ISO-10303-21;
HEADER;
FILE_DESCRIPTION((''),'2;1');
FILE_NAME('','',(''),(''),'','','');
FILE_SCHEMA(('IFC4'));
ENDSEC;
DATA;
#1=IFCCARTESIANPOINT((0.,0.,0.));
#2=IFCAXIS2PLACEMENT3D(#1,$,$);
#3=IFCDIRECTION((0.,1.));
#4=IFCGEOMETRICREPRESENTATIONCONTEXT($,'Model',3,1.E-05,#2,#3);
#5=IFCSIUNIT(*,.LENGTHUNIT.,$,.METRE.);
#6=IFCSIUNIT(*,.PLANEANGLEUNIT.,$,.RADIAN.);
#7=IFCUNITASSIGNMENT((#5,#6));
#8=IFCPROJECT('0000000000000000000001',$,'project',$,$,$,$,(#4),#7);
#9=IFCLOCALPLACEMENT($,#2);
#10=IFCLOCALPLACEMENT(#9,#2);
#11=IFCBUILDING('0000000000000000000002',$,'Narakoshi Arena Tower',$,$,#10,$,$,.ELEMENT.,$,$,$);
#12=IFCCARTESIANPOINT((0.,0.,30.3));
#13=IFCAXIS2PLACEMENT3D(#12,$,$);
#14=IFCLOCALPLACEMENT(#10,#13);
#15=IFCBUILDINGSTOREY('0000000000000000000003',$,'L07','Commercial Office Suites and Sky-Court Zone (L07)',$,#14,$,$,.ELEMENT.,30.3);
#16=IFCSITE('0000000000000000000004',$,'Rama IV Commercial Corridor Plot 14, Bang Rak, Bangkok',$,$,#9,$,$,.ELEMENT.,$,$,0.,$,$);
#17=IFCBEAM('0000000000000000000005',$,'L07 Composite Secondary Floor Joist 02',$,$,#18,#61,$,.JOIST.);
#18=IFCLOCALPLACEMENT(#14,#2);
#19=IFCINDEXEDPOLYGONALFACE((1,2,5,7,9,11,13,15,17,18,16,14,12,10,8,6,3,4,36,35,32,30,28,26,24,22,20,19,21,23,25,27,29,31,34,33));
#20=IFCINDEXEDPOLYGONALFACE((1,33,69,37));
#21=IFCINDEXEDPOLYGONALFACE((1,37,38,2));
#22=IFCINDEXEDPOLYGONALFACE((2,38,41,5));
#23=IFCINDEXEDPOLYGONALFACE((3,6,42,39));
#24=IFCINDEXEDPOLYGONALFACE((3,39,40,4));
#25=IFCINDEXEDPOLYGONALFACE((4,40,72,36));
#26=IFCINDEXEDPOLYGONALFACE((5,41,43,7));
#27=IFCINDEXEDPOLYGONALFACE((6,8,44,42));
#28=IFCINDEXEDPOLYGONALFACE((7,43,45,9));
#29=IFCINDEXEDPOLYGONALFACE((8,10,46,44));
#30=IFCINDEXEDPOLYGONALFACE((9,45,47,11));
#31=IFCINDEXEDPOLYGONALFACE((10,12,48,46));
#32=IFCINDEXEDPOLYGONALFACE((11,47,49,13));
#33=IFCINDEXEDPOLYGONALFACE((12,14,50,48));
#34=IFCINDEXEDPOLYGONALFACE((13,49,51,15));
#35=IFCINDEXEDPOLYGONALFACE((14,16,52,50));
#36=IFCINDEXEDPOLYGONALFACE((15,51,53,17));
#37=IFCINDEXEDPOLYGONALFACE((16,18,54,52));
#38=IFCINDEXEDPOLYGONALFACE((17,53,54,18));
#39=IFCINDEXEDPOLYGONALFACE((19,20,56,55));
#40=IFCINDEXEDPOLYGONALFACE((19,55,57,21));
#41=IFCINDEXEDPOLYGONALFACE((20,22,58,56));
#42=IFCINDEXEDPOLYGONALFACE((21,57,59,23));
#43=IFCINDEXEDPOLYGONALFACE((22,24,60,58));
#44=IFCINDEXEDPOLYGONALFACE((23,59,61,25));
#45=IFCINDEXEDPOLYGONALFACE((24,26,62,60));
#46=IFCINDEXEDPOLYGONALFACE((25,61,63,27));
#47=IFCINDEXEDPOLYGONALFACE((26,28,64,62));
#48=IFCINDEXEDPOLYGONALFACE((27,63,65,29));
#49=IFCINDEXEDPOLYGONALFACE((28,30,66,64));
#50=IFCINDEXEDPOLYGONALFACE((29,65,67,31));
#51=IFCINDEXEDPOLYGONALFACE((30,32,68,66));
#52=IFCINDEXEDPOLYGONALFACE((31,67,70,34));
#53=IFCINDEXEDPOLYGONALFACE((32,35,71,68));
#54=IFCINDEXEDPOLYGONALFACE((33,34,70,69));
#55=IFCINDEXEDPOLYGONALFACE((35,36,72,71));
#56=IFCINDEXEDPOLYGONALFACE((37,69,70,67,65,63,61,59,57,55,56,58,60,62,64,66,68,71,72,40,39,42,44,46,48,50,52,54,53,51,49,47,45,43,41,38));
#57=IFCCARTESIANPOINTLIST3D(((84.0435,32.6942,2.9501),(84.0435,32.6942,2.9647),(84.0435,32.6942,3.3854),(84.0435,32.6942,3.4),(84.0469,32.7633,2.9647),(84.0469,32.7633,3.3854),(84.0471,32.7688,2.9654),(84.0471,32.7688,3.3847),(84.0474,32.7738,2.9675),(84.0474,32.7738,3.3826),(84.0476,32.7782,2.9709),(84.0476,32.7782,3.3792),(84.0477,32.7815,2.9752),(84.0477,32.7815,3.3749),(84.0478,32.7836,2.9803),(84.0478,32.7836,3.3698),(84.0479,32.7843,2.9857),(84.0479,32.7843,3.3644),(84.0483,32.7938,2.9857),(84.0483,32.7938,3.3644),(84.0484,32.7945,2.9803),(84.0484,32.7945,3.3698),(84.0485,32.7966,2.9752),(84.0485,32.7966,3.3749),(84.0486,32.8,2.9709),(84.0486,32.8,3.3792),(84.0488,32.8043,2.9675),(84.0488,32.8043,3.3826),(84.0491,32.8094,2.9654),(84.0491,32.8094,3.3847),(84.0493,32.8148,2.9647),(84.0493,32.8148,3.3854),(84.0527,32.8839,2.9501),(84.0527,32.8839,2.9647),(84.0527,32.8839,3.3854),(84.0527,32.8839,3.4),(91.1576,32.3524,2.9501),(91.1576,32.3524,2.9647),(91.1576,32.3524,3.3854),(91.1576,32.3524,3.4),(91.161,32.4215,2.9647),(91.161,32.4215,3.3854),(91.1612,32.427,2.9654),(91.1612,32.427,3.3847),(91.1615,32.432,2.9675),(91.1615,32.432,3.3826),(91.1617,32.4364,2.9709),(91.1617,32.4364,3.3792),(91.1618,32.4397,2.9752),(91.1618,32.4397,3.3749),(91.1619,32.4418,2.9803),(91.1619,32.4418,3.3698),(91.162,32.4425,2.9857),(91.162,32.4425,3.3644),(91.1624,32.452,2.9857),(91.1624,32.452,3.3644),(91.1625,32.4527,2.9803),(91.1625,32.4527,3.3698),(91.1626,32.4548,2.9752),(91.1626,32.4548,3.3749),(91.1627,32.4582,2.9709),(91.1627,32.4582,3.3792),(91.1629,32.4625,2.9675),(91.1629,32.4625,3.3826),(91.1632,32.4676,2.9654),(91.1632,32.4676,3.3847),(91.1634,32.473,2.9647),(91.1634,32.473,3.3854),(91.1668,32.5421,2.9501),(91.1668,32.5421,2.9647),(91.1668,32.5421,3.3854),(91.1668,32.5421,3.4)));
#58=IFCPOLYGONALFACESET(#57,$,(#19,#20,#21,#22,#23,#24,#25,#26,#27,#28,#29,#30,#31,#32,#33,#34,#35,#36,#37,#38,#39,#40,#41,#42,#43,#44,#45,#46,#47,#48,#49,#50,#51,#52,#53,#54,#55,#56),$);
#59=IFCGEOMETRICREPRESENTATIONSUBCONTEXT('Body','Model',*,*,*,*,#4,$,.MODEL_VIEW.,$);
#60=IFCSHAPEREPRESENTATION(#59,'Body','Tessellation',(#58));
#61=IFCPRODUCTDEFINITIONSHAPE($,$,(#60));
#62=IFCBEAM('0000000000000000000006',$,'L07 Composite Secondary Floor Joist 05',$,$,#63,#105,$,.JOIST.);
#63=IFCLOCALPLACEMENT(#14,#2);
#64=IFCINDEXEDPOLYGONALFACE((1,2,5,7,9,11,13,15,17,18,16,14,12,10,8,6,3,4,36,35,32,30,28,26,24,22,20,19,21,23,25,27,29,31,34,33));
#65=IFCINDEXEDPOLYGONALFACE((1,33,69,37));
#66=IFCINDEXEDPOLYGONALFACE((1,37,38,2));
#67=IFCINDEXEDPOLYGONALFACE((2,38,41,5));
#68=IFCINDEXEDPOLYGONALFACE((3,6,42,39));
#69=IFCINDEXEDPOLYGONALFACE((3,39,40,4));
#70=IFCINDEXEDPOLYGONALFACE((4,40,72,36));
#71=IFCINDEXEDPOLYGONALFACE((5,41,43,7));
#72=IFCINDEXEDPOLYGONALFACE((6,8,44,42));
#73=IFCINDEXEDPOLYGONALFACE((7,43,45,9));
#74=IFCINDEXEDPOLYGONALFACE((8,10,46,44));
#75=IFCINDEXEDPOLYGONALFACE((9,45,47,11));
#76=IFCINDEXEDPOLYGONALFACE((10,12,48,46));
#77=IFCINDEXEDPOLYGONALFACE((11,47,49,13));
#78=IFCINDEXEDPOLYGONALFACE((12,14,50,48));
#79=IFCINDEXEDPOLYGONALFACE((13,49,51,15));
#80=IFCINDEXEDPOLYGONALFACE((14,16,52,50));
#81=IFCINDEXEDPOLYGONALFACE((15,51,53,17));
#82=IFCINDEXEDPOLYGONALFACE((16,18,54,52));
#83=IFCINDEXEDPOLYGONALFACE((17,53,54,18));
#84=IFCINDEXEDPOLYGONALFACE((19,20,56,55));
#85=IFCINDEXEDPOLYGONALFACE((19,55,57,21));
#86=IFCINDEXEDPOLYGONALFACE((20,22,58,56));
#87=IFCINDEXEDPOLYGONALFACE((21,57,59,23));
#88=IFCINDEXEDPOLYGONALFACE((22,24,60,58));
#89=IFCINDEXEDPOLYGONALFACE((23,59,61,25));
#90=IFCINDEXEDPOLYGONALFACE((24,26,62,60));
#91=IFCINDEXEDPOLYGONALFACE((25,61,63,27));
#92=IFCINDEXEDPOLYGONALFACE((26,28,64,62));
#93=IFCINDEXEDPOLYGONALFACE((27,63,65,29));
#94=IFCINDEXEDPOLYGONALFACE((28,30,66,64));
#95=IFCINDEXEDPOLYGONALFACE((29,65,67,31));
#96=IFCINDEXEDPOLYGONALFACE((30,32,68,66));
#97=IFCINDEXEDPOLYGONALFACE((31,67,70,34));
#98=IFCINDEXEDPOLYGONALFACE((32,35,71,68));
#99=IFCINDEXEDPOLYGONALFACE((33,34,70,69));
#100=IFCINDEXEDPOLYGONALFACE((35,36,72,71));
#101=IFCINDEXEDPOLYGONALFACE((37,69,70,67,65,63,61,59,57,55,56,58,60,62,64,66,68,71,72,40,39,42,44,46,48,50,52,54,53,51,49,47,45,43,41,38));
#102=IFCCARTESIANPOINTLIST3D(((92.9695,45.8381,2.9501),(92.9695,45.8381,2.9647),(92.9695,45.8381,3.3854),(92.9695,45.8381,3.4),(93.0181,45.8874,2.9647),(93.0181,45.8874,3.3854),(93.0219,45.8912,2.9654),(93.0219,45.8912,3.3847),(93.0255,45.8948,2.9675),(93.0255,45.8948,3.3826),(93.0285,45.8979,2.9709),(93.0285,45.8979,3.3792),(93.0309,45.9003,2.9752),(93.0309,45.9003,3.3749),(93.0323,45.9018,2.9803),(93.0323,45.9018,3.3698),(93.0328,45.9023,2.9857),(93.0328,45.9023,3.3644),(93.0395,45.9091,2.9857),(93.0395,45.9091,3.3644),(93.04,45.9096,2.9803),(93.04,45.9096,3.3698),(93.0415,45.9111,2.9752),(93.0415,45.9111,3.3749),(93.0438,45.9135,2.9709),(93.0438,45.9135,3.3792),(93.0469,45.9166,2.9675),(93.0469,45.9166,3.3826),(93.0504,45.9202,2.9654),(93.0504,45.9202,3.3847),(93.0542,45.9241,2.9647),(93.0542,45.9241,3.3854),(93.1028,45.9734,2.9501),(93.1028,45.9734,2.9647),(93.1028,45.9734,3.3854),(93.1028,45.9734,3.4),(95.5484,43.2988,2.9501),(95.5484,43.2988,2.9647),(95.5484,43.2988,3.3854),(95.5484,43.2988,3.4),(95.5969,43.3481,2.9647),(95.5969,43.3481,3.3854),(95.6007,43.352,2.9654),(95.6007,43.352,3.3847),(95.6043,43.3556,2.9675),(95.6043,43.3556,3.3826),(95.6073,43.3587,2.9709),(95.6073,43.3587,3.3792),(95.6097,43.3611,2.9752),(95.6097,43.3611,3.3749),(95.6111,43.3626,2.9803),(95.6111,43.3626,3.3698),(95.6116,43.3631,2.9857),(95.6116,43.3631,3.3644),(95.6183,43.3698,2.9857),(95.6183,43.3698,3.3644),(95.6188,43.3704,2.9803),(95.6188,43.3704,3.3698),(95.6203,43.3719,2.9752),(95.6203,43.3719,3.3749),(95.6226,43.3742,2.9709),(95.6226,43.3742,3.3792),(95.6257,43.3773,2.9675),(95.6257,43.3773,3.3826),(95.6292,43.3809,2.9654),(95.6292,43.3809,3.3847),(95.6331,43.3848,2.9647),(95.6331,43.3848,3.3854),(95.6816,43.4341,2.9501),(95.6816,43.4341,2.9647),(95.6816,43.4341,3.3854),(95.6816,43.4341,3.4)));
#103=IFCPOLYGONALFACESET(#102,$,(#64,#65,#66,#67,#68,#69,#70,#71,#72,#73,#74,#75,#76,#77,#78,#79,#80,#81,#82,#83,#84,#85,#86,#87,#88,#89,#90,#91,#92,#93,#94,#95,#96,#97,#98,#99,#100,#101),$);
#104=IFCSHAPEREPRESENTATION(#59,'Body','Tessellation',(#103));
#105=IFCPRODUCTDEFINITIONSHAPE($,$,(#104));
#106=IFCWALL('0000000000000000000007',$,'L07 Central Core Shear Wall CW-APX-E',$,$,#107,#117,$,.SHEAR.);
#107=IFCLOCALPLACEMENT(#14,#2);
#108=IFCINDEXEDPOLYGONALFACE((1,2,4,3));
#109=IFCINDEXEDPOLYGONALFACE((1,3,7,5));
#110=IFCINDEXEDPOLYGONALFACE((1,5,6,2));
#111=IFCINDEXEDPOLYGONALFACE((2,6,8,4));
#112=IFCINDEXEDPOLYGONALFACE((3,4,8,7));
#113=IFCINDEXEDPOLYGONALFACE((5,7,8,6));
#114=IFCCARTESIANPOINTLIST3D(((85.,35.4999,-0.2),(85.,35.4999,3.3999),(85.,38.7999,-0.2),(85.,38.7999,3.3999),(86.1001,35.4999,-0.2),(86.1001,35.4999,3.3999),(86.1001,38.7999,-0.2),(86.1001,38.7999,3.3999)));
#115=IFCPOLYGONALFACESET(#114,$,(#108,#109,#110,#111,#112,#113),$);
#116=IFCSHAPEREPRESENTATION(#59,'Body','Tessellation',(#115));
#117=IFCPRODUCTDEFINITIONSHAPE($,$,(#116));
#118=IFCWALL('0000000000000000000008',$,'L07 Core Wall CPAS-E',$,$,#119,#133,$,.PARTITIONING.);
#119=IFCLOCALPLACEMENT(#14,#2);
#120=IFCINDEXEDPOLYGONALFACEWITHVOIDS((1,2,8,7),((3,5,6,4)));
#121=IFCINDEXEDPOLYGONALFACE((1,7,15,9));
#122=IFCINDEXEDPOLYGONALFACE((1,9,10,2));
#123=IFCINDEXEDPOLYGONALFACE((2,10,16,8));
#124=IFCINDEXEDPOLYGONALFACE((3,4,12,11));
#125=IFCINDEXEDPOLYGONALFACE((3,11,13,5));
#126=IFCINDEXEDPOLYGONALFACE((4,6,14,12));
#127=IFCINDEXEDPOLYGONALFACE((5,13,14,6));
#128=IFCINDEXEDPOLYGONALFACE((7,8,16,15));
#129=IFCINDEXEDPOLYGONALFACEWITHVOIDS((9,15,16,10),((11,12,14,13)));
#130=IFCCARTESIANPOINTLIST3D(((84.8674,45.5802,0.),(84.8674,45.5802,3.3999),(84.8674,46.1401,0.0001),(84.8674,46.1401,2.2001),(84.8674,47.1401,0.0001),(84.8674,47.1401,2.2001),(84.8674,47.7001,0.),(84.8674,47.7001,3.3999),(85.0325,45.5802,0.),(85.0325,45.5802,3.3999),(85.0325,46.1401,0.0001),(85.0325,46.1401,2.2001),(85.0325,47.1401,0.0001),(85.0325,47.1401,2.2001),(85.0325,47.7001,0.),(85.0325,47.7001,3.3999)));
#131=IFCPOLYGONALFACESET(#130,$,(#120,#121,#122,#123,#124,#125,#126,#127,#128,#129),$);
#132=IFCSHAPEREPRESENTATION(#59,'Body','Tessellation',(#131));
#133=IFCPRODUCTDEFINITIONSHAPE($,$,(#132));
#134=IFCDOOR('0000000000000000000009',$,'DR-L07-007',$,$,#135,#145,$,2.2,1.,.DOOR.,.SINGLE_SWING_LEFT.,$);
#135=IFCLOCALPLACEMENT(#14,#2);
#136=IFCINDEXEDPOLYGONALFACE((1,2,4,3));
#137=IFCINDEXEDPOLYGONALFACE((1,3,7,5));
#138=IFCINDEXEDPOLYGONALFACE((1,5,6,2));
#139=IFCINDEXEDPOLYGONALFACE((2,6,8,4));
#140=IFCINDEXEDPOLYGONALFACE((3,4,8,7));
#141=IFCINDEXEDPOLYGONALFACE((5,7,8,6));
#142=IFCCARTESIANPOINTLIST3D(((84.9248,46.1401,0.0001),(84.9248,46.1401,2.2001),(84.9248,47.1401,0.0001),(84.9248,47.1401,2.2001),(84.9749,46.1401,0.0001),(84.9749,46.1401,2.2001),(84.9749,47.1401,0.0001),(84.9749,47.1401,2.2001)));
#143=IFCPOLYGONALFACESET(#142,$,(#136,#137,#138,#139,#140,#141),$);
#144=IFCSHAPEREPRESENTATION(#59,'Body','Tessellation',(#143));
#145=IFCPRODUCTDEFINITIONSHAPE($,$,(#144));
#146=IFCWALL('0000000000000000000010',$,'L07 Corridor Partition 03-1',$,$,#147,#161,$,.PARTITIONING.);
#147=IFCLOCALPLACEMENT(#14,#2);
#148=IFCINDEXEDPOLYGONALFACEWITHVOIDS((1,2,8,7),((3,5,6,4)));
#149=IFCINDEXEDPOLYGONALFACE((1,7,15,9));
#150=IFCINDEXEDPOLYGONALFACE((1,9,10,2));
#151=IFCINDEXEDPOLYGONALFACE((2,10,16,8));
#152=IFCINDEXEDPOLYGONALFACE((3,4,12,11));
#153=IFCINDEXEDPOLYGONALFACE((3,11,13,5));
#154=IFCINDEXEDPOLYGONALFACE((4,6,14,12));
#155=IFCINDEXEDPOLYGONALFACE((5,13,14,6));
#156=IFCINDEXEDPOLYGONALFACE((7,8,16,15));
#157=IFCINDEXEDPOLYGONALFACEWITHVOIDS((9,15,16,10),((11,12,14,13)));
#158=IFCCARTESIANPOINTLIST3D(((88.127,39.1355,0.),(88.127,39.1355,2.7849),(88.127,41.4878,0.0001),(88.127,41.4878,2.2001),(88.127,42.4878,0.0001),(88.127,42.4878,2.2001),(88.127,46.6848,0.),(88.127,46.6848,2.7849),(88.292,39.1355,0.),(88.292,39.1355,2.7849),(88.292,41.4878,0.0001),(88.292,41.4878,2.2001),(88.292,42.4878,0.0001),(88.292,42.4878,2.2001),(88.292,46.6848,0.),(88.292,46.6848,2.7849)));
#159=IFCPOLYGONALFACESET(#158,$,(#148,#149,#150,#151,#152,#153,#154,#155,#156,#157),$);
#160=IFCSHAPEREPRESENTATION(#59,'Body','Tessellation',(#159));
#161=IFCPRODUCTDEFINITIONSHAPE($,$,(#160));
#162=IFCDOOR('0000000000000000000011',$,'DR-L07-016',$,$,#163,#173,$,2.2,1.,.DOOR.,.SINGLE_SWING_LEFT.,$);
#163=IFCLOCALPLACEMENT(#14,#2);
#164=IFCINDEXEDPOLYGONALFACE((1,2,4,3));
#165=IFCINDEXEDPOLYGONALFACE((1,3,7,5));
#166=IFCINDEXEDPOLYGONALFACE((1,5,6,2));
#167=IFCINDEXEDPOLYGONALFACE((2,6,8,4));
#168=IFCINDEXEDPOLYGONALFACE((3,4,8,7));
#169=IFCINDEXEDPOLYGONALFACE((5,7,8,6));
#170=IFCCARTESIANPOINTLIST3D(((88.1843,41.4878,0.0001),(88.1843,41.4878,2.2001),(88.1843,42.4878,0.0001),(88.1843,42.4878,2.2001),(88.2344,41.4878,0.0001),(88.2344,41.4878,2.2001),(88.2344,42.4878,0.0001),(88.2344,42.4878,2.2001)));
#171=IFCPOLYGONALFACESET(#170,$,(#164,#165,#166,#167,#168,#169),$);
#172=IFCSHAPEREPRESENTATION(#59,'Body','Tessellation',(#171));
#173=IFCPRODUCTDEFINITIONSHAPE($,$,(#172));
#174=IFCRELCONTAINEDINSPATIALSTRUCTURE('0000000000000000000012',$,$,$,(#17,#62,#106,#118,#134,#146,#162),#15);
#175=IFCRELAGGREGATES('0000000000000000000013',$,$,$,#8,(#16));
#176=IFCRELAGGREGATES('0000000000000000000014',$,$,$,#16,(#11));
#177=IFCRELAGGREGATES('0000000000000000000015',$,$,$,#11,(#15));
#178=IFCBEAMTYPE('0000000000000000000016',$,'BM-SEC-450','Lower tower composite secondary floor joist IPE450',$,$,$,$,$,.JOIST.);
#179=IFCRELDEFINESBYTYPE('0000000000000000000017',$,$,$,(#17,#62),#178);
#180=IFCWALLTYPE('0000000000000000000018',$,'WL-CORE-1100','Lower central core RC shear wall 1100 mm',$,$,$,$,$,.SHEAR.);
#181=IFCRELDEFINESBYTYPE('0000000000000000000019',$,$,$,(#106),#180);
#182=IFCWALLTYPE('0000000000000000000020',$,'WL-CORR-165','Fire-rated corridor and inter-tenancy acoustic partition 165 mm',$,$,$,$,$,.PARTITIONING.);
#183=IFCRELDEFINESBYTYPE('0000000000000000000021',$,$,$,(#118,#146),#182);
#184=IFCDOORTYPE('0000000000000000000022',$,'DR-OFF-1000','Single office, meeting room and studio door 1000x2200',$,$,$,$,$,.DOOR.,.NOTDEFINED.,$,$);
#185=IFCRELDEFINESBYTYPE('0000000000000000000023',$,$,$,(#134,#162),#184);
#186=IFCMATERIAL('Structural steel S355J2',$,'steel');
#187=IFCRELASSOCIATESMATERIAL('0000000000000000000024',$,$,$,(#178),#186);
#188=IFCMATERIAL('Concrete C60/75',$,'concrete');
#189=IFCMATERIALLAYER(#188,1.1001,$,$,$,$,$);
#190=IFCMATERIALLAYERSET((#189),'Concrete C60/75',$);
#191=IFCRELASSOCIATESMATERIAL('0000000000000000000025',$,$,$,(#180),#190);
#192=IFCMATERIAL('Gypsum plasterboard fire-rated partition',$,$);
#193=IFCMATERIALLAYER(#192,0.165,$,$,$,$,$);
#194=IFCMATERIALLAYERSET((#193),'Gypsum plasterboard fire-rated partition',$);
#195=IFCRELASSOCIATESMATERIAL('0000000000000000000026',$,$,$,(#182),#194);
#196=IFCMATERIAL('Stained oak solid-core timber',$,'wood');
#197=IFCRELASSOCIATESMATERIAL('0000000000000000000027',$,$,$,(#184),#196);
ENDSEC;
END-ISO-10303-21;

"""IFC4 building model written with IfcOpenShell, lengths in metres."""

from ifc_helpers import new_model, si_unit, direction, frame, frame_2d, origin, origin_2d, place, context, subcontext, project, spatial, rectangle, i_section, extrude, material, layer, layer_set, material_profile, profile_set, type_object, element, fill, save


model = new_model("IFC4")

# Units and contexts
model_context = context("Model", 3, precision=1e-05, world=origin(), true_north=direction((0.0, 1.0)))
body_context = subcontext(model_context, "Body", "Model", "MODEL_VIEW")
ifc_project = project(units=[si_unit("LENGTHUNIT", "METRE"), si_unit("PLANEANGLEUNIT", "RADIAN")], contexts=[model_context])

# Site, building, storey
site_placement = place(None, origin())
site = spatial("IfcSite", under=ifc_project, at=site_placement, Name="Rama IV Commercial Corridor Plot 14, Bang Rak, Bangkok", CompositionType="ELEMENT", RefElevation=0.0)
building_placement = place(site_placement, origin())
building = spatial("IfcBuilding", under=site, at=building_placement, Name="Narakoshi Arena Tower", CompositionType="ELEMENT")
storey_placement = place(building_placement, frame((0.0, 0.0, 30.3)))
storey = spatial("IfcBuildingStorey", under=building, at=storey_placement, Name="L07", Description="Commercial Office Suites and Sky-Court Zone (L07)", CompositionType="ELEMENT", Elevation=30.3)

# Shared definitions
ifc_material_1 = material(Name="Concrete C60/75", Category="concrete")

# Beams
ifc_material_2 = material(Name="Structural steel S355J2", Category="steel")
ifc_material_profile_1 = material_profile(ifc_material_2, i_section(OverallWidth=0.1899, OverallDepth=0.45, WebThickness=0.0095, FlangeThickness=0.0146, FilletRadius=0.021, at=origin_2d()), Name="IPE450")
ifc_profile_set_1 = profile_set([ifc_material_profile_1], Name="Structural steel S355J2")
beam_type_1 = type_object("IfcBeamType", Name="BM-SEC-450", Description="Lower tower composite secondary floor joist IPE450", PredefinedType="JOIST", material=ifc_profile_set_1)
beam_1_placement = place(storey_placement, frame((84.0481, 32.7891, 3.175), z_axis=(0.998848, -0.04799, 0.0), x_axis=(0.04799, 0.998848, 0.0)))
element("IfcBeam", 1, at=beam_1_placement, inside=storey, type_object=beam_type_1, Name="L07 Composite Secondary Floor Joist 02", PredefinedType="JOIST", context=body_context, shape_type="SweptSolid", body=[
    extrude(i_section(OverallWidth=0.1899, OverallDepth=0.45, WebThickness=0.0095, FlangeThickness=0.0146, FilletRadius=0.021, at=origin_2d()), origin(), (0.0, 0.0, 1.0), 7.1223),
])
beam_2_placement = place(storey_placement, frame((95.615, 43.3665, 3.175), z_axis=(-0.71255, 0.701622, 0.0), x_axis=(-0.701622, -0.71255, 0.0)))
element("IfcBeam", 2, at=beam_2_placement, inside=storey, type_object=beam_type_1, Name="L07 Composite Secondary Floor Joist 05", PredefinedType="JOIST", context=body_context, shape_type="SweptSolid", body=[
    extrude(i_section(OverallWidth=0.1899, OverallDepth=0.45, WebThickness=0.0095, FlangeThickness=0.0146, FilletRadius=0.021, at=origin_2d()), origin(), (0.0, 0.0, 1.0), 3.6191),
])

# Wall
ifc_layer_1 = layer(ifc_material_1, 1.1001)
ifc_layer_set_1 = layer_set([ifc_layer_1], Name="Concrete C60/75")
wall_type_1 = type_object("IfcWallType", Name="WL-CORE-1100", Description="Lower central core RC shear wall 1100 mm", PredefinedType="SHEAR", material=ifc_layer_set_1)
wall_1_placement = place(storey_placement, frame((85.55, 35.5, -0.2), z_axis=(0.0, 0.0, 1.0), x_axis=(0.0, 1.0, 0.0)))
element("IfcWall", 3, at=wall_1_placement, inside=storey, type_object=wall_type_1, Name="L07 Central Core Shear Wall CW-APX-E", PredefinedType="SHEAR", context=body_context, shape_type="SweptSolid", body=[
    extrude(rectangle(XDim=3.3, YDim=1.1001, at=frame_2d((1.6499, 0.0))), origin(), (0.0, 0.0, 1.0), 3.5999),
])

# Walls, openings, doors
ifc_material_3 = material(Name="Gypsum plasterboard fire-rated partition")
ifc_layer_2 = layer(ifc_material_3, 0.165)
ifc_layer_set_2 = layer_set([ifc_layer_2], Name="Gypsum plasterboard fire-rated partition")
wall_type_2 = type_object("IfcWallType", Name="WL-CORR-165", Description="Fire-rated corridor and inter-tenancy acoustic partition 165 mm", PredefinedType="PARTITIONING", material=ifc_layer_set_2)
wall_2_placement = place(storey_placement, frame((84.95, 45.5801, 0.0), z_axis=(0.0, 0.0, 1.0), x_axis=(0.0, 1.0, 0.0)))
wall_2 = element("IfcWall", 4, at=wall_2_placement, inside=storey, type_object=wall_type_2, Name="L07 Core Wall CPAS-E", PredefinedType="PARTITIONING", context=body_context, shape_type="SweptSolid", body=[
    extrude(rectangle(XDim=2.1199, YDim=0.165, at=frame_2d((1.0601, 0.0))), origin(), (0.0, 0.0, 1.0), 3.3999),
])
opening_1_placement = place(wall_2_placement, frame((0.5601, 0.0, 0.0)))
opening_1 = element("IfcOpeningElement", 5, at=opening_1_placement, cuts=wall_2, PredefinedType="OPENING", context=body_context, shape_type="SweptSolid", body=[
    extrude(rectangle(XDim=1.0, YDim=2.2, at=frame_2d((0.5, 1.1001))), frame((0.0, 0.0925, 0.0), z_axis=(0.0, -1.0, 0.0), x_axis=(1.0, 0.0, 0.0)), (0.0, 0.0, 1.0), 0.1851),
])
ifc_material_4 = material(Name="Stained oak solid-core timber", Category="wood")
door_type_1 = type_object("IfcDoorType", Name="DR-OFF-1000", Description="Single office, meeting room and studio door 1000x2200", OperationType="NOTDEFINED", PredefinedType="DOOR", material=ifc_material_4)
door_1_placement = place(opening_1_placement, frame((1.0, 0.0, 0.0), z_axis=(0.0, 0.0, 1.0), x_axis=(-1.0, 0.0, 0.0)))
door_1 = element("IfcDoor", 6, at=door_1_placement, inside=storey, type_object=door_type_1, Name="DR-L07-007", OperationType="SINGLE_SWING_LEFT", OverallHeight=2.2, OverallWidth=1.0, PredefinedType="DOOR", context=body_context, shape_type="SweptSolid", body=[
    extrude(rectangle(XDim=1.0, YDim=2.2, at=frame_2d((0.5, 1.1001))), frame((0.0, 0.0249, 0.0), z_axis=(0.0, -1.0, 0.0), x_axis=(1.0, 0.0, 0.0)), (0.0, 0.0, 1.0), 0.05),
])
fill(opening_1, door_1)
wall_3_placement = place(storey_placement, frame((88.2095, 39.1355, 0.0), z_axis=(0.0, 0.0, 1.0), x_axis=(0.0, 1.0, 0.0)))
wall_3 = element("IfcWall", 7, at=wall_3_placement, inside=storey, type_object=wall_type_2, Name="L07 Corridor Partition 03-1", PredefinedType="PARTITIONING", context=body_context, shape_type="SweptSolid", body=[
    extrude(rectangle(XDim=7.5493, YDim=0.165, at=frame_2d((3.7747, 0.0))), origin(), (0.0, 0.0, 1.0), 2.7849),
])
opening_2_placement = place(wall_3_placement, frame((2.3523, 0.0, 0.0)))
opening_2 = element("IfcOpeningElement", 8, at=opening_2_placement, cuts=wall_3, PredefinedType="OPENING", context=body_context, shape_type="SweptSolid", body=[
    extrude(rectangle(XDim=1.0, YDim=2.2, at=frame_2d((0.5, 1.1001))), frame((0.0, 0.0925, 0.0), z_axis=(0.0, -1.0, 0.0), x_axis=(1.0, 0.0, 0.0)), (0.0, 0.0, 1.0), 0.1851),
])
door_2_placement = place(opening_2_placement, frame((1.0, 0.0, 0.0), z_axis=(0.0, 0.0, 1.0), x_axis=(-1.0, 0.0, 0.0)))
door_2 = element("IfcDoor", 9, at=door_2_placement, inside=storey, type_object=door_type_1, Name="DR-L07-016", OperationType="SINGLE_SWING_LEFT", OverallHeight=2.2, OverallWidth=1.0, PredefinedType="DOOR", context=body_context, shape_type="SweptSolid", body=[
    extrude(rectangle(XDim=1.0, YDim=2.2, at=frame_2d((0.5, 1.1001))), frame((0.0, 0.0249, 0.0), z_axis=(0.0, -1.0, 0.0), x_axis=(1.0, 0.0, 0.0)), (0.0, 0.0, 1.0), 0.05),
])
fill(opening_2, door_2)

save(model, "model.ifc")
